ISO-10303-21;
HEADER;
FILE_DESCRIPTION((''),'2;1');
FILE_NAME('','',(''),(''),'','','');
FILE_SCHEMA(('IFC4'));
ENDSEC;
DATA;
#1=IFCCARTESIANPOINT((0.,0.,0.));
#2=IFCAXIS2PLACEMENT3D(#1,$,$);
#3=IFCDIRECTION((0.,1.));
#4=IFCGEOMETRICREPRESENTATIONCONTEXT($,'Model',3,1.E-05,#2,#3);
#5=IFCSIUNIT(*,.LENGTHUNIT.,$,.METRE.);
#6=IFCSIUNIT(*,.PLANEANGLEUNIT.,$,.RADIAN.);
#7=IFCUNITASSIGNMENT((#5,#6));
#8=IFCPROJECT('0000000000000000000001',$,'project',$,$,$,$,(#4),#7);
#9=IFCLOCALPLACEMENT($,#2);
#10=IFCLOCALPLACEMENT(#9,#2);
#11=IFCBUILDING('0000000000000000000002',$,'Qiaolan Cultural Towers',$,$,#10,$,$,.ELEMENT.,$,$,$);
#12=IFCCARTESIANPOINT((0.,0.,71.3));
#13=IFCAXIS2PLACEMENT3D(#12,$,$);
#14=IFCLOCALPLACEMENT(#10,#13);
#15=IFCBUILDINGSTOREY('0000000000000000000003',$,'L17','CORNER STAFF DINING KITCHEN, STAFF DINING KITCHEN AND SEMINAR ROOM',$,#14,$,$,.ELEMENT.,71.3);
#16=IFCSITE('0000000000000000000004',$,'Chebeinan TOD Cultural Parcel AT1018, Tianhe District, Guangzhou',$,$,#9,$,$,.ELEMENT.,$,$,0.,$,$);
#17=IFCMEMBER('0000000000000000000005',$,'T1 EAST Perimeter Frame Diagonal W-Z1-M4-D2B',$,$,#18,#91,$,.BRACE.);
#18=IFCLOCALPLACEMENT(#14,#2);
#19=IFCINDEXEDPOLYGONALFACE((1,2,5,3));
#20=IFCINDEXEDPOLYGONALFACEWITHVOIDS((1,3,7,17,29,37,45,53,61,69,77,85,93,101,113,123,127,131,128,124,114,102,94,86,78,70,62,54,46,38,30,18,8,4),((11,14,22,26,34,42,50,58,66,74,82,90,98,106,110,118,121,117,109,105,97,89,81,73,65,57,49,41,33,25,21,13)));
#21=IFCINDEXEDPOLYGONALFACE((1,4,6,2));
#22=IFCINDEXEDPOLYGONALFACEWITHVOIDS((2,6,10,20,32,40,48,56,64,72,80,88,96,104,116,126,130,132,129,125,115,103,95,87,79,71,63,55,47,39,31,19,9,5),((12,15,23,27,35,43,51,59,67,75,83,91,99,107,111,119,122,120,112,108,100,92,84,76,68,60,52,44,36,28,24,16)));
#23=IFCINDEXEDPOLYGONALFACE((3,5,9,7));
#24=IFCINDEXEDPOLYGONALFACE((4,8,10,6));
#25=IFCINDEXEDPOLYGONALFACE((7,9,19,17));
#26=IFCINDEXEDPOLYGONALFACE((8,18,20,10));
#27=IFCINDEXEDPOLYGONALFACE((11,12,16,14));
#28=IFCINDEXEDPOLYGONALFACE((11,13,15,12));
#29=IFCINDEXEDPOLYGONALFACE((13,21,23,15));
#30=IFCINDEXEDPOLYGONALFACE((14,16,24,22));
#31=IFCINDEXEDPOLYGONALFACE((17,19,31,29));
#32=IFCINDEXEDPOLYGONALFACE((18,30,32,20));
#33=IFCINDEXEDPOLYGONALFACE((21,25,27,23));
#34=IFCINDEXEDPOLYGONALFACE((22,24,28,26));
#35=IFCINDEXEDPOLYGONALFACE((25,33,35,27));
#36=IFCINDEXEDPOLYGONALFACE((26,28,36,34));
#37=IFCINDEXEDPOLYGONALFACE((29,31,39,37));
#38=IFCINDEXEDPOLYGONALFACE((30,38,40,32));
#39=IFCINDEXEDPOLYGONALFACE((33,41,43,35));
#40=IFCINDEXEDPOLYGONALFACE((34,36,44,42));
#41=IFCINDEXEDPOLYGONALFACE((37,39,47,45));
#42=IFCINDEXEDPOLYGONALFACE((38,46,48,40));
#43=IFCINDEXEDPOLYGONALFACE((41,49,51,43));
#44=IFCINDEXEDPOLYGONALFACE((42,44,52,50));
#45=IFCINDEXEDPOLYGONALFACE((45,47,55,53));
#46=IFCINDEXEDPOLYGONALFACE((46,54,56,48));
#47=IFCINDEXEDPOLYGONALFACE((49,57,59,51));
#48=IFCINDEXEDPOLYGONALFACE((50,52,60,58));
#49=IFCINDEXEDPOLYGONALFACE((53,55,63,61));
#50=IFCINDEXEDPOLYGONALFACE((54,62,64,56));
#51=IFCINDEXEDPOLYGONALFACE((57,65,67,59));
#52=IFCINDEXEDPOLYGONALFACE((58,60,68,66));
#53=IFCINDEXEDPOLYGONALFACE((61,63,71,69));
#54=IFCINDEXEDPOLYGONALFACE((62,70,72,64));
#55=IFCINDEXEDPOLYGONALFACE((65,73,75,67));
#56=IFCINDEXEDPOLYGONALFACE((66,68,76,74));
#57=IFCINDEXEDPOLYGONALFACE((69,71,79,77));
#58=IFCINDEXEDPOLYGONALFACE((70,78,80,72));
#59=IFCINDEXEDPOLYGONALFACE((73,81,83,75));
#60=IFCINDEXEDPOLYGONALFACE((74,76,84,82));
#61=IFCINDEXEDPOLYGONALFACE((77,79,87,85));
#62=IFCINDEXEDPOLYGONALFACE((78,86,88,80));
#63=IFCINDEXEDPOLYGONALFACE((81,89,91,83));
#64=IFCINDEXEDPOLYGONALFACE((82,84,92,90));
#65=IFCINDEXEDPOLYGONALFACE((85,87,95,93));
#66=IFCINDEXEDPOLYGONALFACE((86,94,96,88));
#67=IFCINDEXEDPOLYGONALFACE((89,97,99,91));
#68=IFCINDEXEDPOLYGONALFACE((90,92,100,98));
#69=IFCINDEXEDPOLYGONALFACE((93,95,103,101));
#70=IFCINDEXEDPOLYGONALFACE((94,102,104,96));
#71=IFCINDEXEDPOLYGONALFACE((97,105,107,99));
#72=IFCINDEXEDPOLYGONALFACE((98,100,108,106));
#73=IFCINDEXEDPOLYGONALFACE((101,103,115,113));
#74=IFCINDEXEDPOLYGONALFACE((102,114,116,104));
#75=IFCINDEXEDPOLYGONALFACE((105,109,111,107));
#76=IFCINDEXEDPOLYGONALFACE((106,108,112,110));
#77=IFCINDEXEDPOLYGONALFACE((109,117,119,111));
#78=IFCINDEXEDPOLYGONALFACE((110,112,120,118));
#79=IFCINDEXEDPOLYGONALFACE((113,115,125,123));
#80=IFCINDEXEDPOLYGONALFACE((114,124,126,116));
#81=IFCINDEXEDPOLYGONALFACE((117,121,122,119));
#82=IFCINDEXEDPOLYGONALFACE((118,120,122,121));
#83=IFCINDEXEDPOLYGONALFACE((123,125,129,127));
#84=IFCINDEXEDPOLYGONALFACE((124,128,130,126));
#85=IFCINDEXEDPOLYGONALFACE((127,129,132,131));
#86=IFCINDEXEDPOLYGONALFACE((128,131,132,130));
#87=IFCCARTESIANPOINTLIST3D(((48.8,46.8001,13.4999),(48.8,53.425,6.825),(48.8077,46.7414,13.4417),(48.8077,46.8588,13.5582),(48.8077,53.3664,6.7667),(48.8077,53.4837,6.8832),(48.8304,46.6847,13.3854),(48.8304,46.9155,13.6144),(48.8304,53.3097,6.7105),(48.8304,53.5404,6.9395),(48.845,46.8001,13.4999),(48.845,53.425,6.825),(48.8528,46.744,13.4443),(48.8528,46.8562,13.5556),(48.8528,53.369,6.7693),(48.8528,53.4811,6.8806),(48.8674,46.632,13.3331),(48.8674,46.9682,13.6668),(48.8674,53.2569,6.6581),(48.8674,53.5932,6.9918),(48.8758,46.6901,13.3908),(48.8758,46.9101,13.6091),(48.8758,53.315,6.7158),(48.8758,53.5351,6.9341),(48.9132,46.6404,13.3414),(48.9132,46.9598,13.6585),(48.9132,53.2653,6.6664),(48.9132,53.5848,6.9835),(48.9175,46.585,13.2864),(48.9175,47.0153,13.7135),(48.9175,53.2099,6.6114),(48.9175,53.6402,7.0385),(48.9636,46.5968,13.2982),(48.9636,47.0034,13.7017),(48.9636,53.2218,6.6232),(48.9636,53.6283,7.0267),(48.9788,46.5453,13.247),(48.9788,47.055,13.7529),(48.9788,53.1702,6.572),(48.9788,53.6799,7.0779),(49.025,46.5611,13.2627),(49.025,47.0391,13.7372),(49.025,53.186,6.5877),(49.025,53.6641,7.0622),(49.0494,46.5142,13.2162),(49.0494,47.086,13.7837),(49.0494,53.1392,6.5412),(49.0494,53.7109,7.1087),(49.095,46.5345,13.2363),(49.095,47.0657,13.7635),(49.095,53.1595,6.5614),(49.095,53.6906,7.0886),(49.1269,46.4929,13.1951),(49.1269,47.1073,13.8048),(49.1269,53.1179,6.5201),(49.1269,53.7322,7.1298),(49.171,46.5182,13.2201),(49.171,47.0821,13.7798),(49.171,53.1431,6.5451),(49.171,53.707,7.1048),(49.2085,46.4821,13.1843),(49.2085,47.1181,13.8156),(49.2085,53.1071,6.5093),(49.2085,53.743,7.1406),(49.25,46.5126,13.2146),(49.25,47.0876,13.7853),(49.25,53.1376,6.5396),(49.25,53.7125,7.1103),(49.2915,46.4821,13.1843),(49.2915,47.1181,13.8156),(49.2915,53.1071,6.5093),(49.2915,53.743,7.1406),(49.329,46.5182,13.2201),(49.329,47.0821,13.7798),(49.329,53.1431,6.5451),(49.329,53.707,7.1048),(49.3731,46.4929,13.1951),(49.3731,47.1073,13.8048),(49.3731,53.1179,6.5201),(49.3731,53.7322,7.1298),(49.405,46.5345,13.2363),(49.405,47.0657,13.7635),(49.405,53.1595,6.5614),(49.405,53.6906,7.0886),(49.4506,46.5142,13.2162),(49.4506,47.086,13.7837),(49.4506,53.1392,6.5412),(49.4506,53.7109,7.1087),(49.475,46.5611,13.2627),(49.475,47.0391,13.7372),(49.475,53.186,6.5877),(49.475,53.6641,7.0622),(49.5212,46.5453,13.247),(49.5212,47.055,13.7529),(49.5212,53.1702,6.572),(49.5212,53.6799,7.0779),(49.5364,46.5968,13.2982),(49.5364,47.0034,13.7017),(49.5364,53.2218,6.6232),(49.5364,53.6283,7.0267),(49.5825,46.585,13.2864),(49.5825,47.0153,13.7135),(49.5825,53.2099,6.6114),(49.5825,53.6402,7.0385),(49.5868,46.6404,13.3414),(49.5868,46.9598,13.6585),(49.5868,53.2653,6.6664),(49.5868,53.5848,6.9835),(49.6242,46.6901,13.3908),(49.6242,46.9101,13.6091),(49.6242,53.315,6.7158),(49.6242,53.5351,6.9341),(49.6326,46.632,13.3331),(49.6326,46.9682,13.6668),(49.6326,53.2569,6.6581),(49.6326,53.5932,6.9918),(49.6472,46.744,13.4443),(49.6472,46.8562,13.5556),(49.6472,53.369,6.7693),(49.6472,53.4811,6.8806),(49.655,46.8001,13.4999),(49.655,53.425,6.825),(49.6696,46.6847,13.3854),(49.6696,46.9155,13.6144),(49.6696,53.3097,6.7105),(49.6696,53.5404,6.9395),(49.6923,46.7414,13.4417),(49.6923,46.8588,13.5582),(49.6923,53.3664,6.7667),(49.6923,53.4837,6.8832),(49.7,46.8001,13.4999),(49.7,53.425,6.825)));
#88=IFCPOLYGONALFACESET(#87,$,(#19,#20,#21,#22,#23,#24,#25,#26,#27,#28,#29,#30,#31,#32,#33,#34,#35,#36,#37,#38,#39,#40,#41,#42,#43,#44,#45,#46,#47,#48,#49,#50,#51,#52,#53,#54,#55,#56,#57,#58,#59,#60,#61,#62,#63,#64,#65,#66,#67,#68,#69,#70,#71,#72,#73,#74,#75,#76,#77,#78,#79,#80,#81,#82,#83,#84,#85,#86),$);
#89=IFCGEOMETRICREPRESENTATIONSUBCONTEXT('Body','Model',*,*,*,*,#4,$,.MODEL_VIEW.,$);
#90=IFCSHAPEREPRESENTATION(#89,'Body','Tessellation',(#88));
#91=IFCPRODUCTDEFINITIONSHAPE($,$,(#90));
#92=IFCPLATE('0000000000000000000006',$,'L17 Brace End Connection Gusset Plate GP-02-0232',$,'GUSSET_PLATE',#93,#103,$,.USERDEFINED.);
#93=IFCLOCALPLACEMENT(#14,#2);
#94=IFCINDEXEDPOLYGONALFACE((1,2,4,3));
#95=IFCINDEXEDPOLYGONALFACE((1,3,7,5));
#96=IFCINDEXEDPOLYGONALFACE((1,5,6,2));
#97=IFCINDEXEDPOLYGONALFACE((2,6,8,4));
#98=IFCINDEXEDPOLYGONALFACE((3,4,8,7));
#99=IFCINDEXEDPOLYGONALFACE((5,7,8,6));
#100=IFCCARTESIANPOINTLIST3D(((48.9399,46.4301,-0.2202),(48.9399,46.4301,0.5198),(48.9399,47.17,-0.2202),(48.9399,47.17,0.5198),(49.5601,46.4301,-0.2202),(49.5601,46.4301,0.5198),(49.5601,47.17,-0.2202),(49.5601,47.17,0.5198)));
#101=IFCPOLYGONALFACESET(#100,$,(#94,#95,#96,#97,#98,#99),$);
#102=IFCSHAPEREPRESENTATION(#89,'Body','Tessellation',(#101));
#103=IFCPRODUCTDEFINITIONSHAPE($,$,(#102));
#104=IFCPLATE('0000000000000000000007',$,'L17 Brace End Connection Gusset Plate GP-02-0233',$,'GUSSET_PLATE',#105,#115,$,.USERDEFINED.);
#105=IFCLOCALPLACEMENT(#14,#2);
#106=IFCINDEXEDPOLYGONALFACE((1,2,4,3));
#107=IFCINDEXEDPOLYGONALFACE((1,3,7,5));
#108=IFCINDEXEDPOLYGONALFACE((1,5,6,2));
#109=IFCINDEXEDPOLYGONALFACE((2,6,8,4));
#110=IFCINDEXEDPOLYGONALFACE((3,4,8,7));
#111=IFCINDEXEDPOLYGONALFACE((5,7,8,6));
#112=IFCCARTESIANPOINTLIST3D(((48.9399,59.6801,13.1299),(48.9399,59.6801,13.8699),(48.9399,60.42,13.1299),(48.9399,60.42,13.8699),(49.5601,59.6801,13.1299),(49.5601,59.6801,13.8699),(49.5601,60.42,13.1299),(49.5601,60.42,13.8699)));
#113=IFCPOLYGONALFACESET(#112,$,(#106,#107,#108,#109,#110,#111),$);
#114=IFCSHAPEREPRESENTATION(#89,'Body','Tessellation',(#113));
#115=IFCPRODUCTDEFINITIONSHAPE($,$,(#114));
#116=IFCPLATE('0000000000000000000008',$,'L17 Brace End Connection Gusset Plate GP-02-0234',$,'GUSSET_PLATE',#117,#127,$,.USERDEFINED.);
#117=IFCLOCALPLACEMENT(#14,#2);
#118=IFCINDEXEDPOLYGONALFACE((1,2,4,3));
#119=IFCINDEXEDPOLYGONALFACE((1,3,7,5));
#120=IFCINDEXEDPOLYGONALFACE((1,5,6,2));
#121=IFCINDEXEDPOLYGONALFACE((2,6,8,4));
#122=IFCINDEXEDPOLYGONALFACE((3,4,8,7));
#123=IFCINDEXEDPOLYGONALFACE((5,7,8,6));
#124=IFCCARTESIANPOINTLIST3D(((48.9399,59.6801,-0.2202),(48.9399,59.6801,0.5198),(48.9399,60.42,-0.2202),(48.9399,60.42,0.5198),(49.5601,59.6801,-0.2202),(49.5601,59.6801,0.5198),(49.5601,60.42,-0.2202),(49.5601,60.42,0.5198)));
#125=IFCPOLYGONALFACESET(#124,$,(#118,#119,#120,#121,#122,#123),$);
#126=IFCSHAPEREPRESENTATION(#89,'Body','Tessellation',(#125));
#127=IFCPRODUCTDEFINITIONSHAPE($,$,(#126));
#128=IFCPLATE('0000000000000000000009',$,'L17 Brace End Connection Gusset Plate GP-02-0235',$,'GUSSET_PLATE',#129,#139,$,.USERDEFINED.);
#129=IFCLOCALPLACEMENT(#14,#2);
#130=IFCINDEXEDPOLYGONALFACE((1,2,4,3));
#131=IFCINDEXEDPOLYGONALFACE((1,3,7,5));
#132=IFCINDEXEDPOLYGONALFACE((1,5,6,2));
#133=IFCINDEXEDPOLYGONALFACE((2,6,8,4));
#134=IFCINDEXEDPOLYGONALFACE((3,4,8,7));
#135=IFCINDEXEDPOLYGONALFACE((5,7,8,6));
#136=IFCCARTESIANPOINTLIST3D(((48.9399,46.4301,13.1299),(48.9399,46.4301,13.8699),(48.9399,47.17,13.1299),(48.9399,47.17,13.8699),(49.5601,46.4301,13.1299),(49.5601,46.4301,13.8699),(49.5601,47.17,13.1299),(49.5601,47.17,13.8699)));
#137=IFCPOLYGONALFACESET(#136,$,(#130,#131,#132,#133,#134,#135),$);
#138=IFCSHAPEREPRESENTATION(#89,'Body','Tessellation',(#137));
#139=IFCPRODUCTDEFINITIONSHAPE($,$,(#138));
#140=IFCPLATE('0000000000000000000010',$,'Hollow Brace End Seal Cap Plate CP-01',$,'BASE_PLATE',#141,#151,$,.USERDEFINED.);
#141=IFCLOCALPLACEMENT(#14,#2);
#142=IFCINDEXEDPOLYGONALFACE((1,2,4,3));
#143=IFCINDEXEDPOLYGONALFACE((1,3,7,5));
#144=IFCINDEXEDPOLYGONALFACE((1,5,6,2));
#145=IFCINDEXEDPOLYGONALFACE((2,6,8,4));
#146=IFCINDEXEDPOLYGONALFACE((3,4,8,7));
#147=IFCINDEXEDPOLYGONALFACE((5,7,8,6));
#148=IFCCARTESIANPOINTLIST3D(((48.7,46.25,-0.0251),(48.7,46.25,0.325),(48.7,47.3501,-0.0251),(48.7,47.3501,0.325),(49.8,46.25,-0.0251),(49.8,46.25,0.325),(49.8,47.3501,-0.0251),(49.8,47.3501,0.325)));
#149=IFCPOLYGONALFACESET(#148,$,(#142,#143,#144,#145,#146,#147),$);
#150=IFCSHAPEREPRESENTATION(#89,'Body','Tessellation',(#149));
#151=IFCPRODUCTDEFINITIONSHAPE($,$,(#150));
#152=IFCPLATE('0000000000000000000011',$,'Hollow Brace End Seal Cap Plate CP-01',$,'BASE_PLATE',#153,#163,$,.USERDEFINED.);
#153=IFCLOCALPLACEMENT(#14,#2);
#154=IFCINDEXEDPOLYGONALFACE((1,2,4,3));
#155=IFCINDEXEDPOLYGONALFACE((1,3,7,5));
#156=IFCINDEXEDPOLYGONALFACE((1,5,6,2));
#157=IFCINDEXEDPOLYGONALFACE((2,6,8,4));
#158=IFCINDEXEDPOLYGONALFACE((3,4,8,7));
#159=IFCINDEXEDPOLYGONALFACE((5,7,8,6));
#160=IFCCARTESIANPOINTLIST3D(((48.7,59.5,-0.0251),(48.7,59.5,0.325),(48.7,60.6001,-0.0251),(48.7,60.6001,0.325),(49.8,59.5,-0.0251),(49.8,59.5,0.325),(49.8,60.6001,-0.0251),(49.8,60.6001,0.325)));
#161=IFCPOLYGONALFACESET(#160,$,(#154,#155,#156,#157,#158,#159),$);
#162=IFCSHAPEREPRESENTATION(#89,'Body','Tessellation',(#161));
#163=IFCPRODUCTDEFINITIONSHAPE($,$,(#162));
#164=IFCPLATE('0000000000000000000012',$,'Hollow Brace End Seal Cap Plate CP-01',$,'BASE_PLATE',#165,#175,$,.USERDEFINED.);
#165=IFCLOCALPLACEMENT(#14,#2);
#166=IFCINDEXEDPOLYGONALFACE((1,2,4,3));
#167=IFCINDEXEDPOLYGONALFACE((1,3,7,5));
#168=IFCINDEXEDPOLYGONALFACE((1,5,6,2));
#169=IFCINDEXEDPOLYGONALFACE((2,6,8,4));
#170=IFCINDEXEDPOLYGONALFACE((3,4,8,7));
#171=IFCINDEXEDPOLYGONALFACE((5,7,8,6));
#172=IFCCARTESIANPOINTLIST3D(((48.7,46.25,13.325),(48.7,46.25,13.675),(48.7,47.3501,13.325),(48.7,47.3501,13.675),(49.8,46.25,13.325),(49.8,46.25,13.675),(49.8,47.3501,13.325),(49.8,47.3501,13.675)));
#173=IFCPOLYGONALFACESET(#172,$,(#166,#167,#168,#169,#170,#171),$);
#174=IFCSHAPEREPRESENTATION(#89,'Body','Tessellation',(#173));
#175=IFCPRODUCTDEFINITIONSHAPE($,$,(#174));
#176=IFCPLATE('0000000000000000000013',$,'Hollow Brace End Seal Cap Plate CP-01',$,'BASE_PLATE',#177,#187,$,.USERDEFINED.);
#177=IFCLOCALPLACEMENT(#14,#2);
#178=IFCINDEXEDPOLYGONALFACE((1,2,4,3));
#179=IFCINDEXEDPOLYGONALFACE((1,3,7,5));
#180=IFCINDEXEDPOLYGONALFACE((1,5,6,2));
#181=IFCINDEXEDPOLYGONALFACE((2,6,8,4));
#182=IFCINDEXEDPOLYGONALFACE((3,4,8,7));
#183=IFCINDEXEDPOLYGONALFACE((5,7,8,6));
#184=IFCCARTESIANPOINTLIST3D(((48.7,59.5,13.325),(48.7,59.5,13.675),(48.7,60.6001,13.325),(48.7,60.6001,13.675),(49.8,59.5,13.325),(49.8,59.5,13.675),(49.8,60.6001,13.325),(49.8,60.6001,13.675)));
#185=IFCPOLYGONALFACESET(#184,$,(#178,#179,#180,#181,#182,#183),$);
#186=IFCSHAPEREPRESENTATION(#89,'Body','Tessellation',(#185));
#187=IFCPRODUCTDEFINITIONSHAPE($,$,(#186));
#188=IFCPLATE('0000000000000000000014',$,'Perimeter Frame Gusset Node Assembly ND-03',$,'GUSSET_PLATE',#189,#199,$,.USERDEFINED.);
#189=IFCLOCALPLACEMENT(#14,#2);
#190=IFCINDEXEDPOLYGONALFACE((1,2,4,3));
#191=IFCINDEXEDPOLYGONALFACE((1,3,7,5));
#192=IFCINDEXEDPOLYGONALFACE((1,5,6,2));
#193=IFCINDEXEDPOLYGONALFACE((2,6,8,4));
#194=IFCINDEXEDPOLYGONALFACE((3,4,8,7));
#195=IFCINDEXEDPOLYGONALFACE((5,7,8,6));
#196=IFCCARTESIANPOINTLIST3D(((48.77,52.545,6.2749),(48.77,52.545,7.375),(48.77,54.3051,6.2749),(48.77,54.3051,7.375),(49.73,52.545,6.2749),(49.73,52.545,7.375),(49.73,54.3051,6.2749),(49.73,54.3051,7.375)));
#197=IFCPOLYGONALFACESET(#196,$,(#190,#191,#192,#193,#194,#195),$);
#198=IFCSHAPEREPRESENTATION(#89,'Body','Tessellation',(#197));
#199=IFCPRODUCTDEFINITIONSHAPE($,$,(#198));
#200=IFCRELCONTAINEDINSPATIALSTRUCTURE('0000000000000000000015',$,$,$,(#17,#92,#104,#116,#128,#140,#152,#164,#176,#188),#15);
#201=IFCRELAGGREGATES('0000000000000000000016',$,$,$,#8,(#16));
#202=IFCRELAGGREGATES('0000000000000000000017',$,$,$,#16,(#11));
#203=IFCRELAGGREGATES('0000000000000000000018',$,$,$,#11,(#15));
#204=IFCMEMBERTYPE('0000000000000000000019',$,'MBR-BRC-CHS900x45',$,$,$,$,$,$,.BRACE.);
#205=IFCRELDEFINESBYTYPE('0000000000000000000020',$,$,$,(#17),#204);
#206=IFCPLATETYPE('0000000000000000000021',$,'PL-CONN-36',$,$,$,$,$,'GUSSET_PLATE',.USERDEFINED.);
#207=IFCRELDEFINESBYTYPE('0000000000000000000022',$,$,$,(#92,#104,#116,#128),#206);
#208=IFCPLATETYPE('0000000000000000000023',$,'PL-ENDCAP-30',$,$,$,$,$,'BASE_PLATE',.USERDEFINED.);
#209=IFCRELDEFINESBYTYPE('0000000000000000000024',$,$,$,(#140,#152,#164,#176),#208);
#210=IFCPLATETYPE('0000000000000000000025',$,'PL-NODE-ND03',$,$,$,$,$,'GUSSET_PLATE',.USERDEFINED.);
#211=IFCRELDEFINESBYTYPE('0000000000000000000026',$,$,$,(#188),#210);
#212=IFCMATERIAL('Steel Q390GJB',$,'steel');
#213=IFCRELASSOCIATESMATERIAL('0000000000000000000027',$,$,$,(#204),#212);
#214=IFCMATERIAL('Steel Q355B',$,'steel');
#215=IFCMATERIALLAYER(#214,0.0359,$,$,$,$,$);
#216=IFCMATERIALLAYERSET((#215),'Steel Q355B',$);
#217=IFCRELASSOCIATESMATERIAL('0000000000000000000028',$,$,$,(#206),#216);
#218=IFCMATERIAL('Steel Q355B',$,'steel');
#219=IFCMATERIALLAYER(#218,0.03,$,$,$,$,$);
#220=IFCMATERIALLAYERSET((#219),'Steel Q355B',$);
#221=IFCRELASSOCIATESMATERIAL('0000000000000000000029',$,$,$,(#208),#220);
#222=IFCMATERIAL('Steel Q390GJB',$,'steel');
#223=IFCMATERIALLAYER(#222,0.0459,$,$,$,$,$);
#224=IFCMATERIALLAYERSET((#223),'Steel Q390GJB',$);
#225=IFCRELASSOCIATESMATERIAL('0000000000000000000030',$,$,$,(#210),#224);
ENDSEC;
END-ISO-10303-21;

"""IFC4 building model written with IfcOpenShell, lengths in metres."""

from ifc_helpers import new_model, si_unit, direction, frame, origin, origin_2d, place, context, subcontext, project, spatial, rectangle, hollow_circle, extrude, material, layer, layer_set, material_profile, profile_set, type_object, element, save


model = new_model("IFC4")

# Units and contexts
model_context = context("Model", 3, precision=1e-05, world=origin(), true_north=direction((0.0, 1.0)))
body_context = subcontext(model_context, "Body", "Model", "MODEL_VIEW")
ifc_project = project(units=[si_unit("LENGTHUNIT", "METRE"), si_unit("PLANEANGLEUNIT", "RADIAN")], contexts=[model_context])

# Site, building, storey
site_placement = place(None, origin())
site = spatial("IfcSite", under=ifc_project, at=site_placement, Name="Chebeinan TOD Cultural Parcel AT1018, Tianhe District, Guangzhou", CompositionType="ELEMENT", RefElevation=0.0)
building_placement = place(site_placement, origin())
building = spatial("IfcBuilding", under=site, at=building_placement, Name="Qiaolan Cultural Towers", CompositionType="ELEMENT")
storey_placement = place(building_placement, frame((0.0, 0.0, 71.3)))
storey = spatial("IfcBuildingStorey", under=building, at=storey_placement, Name="L17", Description="CORNER STAFF DINING KITCHEN, STAFF DINING KITCHEN AND SEMINAR ROOM", CompositionType="ELEMENT", Elevation=71.3)

# Member
ifc_material_1 = material(Name="Steel Q390GJB", Category="steel")
ifc_material_profile_1 = material_profile(ifc_material_1, hollow_circle(Radius=0.45, WallThickness=0.0449, at=origin_2d()), Name="CHS900x45")
ifc_profile_set_1 = profile_set([ifc_material_profile_1], Name="Steel Q390GJB")
member_type = type_object("IfcMemberType", Name="MBR-BRC-CHS900x45", PredefinedType="BRACE", material=ifc_profile_set_1)
for number, where, z_axis, x_axis, name in (
    (1, (49.25, 53.425, 6.825), (0.0, -0.704441, 0.709763), (1.0, 0.0, 0.0), "T1 EAST Perimeter Frame Diagonal W-Z1-M4-D2B"),
):
    element("IfcMember", number, at=place(storey_placement, frame(where, z_axis=z_axis, x_axis=x_axis)), inside=storey, type_object=member_type, Name=name, PredefinedType="BRACE", context=body_context, shape_type="SweptSolid", body=[
        extrude(hollow_circle(Radius=0.45, WallThickness=0.0449, at=origin_2d()), origin(), (0.0, 0.0, 1.0), 9.4045),
    ])

# Plates
ifc_material_2 = material(Name="Steel Q355B", Category="steel")
ifc_layer_1 = layer(ifc_material_2, 0.0359)
ifc_layer_set_1 = layer_set([ifc_layer_1], Name="Steel Q355B")
plate_type_1 = type_object("IfcPlateType", Name="PL-CONN-36", ElementType="GUSSET_PLATE", PredefinedType="USERDEFINED", material=ifc_layer_set_1)
for number, where, z_axis, x_axis, name in (
    (2, (49.25, 46.8, -0.2202), (0.0, 0.0, 1.0), (0.0, 1.0, 0.0), "L17 Brace End Connection Gusset Plate GP-02-0232"),
    (3, (49.25, 60.05, 13.1299), (0.0, 0.0, 1.0), (0.0, 1.0, 0.0), "L17 Brace End Connection Gusset Plate GP-02-0233"),
    (4, (49.25, 60.05, -0.2202), (0.0, 0.0, 1.0), (0.0, 1.0, 0.0), "L17 Brace End Connection Gusset Plate GP-02-0234"),
    (5, (49.25, 46.8, 13.1299), (0.0, 0.0, 1.0), (0.0, 1.0, 0.0), "L17 Brace End Connection Gusset Plate GP-02-0235"),
):
    element("IfcPlate", number, at=place(storey_placement, frame(where, z_axis=z_axis, x_axis=x_axis)), inside=storey, type_object=plate_type_1, Name=name, ObjectType="GUSSET_PLATE", PredefinedType="USERDEFINED", context=body_context, shape_type="SweptSolid", body=[
        extrude(rectangle(XDim=0.74, YDim=0.6201, at=origin_2d()), origin(), (0.0, 0.0, 1.0), 0.74),
    ])
ifc_material_3 = material(Name="Steel Q355B", Category="steel")
ifc_layer_2 = layer(ifc_material_3, 0.03)
ifc_layer_set_2 = layer_set([ifc_layer_2], Name="Steel Q355B")
plate_type_2 = type_object("IfcPlateType", Name="PL-ENDCAP-30", ElementType="BASE_PLATE", PredefinedType="USERDEFINED", material=ifc_layer_set_2)
for number, where, z_axis, x_axis, name in (
    (6, (49.25, 46.8, -0.0251), (0.0, 0.0, 1.0), (0.0, 1.0, 0.0), "Hollow Brace End Seal Cap Plate CP-01"),
    (7, (49.25, 60.05, -0.0251), (0.0, 0.0, 1.0), (0.0, 1.0, 0.0), "Hollow Brace End Seal Cap Plate CP-01"),
    (8, (49.25, 46.8, 13.325), (0.0, 0.0, 1.0), (0.0, 1.0, 0.0), "Hollow Brace End Seal Cap Plate CP-01"),
    (9, (49.25, 60.05, 13.325), (0.0, 0.0, 1.0), (0.0, 1.0, 0.0), "Hollow Brace End Seal Cap Plate CP-01"),
):
    element("IfcPlate", number, at=place(storey_placement, frame(where, z_axis=z_axis, x_axis=x_axis)), inside=storey, type_object=plate_type_2, Name=name, ObjectType="BASE_PLATE", PredefinedType="USERDEFINED", context=body_context, shape_type="SweptSolid", body=[
        extrude(rectangle(XDim=1.1001, YDim=1.1001, at=origin_2d()), origin(), (0.0, 0.0, 1.0), 0.3501),
    ])
ifc_material_4 = material(Name="Steel Q390GJB", Category="steel")
ifc_layer_3 = layer(ifc_material_4, 0.0459)
ifc_layer_set_3 = layer_set([ifc_layer_3], Name="Steel Q390GJB")
plate_type_3 = type_object("IfcPlateType", Name="PL-NODE-ND03", ElementType="GUSSET_PLATE", PredefinedType="USERDEFINED", material=ifc_layer_set_3)
plate_placement = place(storey_placement, frame((49.25, 53.425, 6.2749), z_axis=(0.0, 0.0, 1.0), x_axis=(0.0, 1.0, 0.0)))
element("IfcPlate", 10, at=plate_placement, inside=storey, type_object=plate_type_3, Name="Perimeter Frame Gusset Node Assembly ND-03", ObjectType="GUSSET_PLATE", PredefinedType="USERDEFINED", context=body_context, shape_type="SweptSolid", body=[
    extrude(rectangle(XDim=1.76, YDim=0.96, at=origin_2d()), origin(), (0.0, 0.0, 1.0), 1.1001),
])

save(model, "model.ifc")
